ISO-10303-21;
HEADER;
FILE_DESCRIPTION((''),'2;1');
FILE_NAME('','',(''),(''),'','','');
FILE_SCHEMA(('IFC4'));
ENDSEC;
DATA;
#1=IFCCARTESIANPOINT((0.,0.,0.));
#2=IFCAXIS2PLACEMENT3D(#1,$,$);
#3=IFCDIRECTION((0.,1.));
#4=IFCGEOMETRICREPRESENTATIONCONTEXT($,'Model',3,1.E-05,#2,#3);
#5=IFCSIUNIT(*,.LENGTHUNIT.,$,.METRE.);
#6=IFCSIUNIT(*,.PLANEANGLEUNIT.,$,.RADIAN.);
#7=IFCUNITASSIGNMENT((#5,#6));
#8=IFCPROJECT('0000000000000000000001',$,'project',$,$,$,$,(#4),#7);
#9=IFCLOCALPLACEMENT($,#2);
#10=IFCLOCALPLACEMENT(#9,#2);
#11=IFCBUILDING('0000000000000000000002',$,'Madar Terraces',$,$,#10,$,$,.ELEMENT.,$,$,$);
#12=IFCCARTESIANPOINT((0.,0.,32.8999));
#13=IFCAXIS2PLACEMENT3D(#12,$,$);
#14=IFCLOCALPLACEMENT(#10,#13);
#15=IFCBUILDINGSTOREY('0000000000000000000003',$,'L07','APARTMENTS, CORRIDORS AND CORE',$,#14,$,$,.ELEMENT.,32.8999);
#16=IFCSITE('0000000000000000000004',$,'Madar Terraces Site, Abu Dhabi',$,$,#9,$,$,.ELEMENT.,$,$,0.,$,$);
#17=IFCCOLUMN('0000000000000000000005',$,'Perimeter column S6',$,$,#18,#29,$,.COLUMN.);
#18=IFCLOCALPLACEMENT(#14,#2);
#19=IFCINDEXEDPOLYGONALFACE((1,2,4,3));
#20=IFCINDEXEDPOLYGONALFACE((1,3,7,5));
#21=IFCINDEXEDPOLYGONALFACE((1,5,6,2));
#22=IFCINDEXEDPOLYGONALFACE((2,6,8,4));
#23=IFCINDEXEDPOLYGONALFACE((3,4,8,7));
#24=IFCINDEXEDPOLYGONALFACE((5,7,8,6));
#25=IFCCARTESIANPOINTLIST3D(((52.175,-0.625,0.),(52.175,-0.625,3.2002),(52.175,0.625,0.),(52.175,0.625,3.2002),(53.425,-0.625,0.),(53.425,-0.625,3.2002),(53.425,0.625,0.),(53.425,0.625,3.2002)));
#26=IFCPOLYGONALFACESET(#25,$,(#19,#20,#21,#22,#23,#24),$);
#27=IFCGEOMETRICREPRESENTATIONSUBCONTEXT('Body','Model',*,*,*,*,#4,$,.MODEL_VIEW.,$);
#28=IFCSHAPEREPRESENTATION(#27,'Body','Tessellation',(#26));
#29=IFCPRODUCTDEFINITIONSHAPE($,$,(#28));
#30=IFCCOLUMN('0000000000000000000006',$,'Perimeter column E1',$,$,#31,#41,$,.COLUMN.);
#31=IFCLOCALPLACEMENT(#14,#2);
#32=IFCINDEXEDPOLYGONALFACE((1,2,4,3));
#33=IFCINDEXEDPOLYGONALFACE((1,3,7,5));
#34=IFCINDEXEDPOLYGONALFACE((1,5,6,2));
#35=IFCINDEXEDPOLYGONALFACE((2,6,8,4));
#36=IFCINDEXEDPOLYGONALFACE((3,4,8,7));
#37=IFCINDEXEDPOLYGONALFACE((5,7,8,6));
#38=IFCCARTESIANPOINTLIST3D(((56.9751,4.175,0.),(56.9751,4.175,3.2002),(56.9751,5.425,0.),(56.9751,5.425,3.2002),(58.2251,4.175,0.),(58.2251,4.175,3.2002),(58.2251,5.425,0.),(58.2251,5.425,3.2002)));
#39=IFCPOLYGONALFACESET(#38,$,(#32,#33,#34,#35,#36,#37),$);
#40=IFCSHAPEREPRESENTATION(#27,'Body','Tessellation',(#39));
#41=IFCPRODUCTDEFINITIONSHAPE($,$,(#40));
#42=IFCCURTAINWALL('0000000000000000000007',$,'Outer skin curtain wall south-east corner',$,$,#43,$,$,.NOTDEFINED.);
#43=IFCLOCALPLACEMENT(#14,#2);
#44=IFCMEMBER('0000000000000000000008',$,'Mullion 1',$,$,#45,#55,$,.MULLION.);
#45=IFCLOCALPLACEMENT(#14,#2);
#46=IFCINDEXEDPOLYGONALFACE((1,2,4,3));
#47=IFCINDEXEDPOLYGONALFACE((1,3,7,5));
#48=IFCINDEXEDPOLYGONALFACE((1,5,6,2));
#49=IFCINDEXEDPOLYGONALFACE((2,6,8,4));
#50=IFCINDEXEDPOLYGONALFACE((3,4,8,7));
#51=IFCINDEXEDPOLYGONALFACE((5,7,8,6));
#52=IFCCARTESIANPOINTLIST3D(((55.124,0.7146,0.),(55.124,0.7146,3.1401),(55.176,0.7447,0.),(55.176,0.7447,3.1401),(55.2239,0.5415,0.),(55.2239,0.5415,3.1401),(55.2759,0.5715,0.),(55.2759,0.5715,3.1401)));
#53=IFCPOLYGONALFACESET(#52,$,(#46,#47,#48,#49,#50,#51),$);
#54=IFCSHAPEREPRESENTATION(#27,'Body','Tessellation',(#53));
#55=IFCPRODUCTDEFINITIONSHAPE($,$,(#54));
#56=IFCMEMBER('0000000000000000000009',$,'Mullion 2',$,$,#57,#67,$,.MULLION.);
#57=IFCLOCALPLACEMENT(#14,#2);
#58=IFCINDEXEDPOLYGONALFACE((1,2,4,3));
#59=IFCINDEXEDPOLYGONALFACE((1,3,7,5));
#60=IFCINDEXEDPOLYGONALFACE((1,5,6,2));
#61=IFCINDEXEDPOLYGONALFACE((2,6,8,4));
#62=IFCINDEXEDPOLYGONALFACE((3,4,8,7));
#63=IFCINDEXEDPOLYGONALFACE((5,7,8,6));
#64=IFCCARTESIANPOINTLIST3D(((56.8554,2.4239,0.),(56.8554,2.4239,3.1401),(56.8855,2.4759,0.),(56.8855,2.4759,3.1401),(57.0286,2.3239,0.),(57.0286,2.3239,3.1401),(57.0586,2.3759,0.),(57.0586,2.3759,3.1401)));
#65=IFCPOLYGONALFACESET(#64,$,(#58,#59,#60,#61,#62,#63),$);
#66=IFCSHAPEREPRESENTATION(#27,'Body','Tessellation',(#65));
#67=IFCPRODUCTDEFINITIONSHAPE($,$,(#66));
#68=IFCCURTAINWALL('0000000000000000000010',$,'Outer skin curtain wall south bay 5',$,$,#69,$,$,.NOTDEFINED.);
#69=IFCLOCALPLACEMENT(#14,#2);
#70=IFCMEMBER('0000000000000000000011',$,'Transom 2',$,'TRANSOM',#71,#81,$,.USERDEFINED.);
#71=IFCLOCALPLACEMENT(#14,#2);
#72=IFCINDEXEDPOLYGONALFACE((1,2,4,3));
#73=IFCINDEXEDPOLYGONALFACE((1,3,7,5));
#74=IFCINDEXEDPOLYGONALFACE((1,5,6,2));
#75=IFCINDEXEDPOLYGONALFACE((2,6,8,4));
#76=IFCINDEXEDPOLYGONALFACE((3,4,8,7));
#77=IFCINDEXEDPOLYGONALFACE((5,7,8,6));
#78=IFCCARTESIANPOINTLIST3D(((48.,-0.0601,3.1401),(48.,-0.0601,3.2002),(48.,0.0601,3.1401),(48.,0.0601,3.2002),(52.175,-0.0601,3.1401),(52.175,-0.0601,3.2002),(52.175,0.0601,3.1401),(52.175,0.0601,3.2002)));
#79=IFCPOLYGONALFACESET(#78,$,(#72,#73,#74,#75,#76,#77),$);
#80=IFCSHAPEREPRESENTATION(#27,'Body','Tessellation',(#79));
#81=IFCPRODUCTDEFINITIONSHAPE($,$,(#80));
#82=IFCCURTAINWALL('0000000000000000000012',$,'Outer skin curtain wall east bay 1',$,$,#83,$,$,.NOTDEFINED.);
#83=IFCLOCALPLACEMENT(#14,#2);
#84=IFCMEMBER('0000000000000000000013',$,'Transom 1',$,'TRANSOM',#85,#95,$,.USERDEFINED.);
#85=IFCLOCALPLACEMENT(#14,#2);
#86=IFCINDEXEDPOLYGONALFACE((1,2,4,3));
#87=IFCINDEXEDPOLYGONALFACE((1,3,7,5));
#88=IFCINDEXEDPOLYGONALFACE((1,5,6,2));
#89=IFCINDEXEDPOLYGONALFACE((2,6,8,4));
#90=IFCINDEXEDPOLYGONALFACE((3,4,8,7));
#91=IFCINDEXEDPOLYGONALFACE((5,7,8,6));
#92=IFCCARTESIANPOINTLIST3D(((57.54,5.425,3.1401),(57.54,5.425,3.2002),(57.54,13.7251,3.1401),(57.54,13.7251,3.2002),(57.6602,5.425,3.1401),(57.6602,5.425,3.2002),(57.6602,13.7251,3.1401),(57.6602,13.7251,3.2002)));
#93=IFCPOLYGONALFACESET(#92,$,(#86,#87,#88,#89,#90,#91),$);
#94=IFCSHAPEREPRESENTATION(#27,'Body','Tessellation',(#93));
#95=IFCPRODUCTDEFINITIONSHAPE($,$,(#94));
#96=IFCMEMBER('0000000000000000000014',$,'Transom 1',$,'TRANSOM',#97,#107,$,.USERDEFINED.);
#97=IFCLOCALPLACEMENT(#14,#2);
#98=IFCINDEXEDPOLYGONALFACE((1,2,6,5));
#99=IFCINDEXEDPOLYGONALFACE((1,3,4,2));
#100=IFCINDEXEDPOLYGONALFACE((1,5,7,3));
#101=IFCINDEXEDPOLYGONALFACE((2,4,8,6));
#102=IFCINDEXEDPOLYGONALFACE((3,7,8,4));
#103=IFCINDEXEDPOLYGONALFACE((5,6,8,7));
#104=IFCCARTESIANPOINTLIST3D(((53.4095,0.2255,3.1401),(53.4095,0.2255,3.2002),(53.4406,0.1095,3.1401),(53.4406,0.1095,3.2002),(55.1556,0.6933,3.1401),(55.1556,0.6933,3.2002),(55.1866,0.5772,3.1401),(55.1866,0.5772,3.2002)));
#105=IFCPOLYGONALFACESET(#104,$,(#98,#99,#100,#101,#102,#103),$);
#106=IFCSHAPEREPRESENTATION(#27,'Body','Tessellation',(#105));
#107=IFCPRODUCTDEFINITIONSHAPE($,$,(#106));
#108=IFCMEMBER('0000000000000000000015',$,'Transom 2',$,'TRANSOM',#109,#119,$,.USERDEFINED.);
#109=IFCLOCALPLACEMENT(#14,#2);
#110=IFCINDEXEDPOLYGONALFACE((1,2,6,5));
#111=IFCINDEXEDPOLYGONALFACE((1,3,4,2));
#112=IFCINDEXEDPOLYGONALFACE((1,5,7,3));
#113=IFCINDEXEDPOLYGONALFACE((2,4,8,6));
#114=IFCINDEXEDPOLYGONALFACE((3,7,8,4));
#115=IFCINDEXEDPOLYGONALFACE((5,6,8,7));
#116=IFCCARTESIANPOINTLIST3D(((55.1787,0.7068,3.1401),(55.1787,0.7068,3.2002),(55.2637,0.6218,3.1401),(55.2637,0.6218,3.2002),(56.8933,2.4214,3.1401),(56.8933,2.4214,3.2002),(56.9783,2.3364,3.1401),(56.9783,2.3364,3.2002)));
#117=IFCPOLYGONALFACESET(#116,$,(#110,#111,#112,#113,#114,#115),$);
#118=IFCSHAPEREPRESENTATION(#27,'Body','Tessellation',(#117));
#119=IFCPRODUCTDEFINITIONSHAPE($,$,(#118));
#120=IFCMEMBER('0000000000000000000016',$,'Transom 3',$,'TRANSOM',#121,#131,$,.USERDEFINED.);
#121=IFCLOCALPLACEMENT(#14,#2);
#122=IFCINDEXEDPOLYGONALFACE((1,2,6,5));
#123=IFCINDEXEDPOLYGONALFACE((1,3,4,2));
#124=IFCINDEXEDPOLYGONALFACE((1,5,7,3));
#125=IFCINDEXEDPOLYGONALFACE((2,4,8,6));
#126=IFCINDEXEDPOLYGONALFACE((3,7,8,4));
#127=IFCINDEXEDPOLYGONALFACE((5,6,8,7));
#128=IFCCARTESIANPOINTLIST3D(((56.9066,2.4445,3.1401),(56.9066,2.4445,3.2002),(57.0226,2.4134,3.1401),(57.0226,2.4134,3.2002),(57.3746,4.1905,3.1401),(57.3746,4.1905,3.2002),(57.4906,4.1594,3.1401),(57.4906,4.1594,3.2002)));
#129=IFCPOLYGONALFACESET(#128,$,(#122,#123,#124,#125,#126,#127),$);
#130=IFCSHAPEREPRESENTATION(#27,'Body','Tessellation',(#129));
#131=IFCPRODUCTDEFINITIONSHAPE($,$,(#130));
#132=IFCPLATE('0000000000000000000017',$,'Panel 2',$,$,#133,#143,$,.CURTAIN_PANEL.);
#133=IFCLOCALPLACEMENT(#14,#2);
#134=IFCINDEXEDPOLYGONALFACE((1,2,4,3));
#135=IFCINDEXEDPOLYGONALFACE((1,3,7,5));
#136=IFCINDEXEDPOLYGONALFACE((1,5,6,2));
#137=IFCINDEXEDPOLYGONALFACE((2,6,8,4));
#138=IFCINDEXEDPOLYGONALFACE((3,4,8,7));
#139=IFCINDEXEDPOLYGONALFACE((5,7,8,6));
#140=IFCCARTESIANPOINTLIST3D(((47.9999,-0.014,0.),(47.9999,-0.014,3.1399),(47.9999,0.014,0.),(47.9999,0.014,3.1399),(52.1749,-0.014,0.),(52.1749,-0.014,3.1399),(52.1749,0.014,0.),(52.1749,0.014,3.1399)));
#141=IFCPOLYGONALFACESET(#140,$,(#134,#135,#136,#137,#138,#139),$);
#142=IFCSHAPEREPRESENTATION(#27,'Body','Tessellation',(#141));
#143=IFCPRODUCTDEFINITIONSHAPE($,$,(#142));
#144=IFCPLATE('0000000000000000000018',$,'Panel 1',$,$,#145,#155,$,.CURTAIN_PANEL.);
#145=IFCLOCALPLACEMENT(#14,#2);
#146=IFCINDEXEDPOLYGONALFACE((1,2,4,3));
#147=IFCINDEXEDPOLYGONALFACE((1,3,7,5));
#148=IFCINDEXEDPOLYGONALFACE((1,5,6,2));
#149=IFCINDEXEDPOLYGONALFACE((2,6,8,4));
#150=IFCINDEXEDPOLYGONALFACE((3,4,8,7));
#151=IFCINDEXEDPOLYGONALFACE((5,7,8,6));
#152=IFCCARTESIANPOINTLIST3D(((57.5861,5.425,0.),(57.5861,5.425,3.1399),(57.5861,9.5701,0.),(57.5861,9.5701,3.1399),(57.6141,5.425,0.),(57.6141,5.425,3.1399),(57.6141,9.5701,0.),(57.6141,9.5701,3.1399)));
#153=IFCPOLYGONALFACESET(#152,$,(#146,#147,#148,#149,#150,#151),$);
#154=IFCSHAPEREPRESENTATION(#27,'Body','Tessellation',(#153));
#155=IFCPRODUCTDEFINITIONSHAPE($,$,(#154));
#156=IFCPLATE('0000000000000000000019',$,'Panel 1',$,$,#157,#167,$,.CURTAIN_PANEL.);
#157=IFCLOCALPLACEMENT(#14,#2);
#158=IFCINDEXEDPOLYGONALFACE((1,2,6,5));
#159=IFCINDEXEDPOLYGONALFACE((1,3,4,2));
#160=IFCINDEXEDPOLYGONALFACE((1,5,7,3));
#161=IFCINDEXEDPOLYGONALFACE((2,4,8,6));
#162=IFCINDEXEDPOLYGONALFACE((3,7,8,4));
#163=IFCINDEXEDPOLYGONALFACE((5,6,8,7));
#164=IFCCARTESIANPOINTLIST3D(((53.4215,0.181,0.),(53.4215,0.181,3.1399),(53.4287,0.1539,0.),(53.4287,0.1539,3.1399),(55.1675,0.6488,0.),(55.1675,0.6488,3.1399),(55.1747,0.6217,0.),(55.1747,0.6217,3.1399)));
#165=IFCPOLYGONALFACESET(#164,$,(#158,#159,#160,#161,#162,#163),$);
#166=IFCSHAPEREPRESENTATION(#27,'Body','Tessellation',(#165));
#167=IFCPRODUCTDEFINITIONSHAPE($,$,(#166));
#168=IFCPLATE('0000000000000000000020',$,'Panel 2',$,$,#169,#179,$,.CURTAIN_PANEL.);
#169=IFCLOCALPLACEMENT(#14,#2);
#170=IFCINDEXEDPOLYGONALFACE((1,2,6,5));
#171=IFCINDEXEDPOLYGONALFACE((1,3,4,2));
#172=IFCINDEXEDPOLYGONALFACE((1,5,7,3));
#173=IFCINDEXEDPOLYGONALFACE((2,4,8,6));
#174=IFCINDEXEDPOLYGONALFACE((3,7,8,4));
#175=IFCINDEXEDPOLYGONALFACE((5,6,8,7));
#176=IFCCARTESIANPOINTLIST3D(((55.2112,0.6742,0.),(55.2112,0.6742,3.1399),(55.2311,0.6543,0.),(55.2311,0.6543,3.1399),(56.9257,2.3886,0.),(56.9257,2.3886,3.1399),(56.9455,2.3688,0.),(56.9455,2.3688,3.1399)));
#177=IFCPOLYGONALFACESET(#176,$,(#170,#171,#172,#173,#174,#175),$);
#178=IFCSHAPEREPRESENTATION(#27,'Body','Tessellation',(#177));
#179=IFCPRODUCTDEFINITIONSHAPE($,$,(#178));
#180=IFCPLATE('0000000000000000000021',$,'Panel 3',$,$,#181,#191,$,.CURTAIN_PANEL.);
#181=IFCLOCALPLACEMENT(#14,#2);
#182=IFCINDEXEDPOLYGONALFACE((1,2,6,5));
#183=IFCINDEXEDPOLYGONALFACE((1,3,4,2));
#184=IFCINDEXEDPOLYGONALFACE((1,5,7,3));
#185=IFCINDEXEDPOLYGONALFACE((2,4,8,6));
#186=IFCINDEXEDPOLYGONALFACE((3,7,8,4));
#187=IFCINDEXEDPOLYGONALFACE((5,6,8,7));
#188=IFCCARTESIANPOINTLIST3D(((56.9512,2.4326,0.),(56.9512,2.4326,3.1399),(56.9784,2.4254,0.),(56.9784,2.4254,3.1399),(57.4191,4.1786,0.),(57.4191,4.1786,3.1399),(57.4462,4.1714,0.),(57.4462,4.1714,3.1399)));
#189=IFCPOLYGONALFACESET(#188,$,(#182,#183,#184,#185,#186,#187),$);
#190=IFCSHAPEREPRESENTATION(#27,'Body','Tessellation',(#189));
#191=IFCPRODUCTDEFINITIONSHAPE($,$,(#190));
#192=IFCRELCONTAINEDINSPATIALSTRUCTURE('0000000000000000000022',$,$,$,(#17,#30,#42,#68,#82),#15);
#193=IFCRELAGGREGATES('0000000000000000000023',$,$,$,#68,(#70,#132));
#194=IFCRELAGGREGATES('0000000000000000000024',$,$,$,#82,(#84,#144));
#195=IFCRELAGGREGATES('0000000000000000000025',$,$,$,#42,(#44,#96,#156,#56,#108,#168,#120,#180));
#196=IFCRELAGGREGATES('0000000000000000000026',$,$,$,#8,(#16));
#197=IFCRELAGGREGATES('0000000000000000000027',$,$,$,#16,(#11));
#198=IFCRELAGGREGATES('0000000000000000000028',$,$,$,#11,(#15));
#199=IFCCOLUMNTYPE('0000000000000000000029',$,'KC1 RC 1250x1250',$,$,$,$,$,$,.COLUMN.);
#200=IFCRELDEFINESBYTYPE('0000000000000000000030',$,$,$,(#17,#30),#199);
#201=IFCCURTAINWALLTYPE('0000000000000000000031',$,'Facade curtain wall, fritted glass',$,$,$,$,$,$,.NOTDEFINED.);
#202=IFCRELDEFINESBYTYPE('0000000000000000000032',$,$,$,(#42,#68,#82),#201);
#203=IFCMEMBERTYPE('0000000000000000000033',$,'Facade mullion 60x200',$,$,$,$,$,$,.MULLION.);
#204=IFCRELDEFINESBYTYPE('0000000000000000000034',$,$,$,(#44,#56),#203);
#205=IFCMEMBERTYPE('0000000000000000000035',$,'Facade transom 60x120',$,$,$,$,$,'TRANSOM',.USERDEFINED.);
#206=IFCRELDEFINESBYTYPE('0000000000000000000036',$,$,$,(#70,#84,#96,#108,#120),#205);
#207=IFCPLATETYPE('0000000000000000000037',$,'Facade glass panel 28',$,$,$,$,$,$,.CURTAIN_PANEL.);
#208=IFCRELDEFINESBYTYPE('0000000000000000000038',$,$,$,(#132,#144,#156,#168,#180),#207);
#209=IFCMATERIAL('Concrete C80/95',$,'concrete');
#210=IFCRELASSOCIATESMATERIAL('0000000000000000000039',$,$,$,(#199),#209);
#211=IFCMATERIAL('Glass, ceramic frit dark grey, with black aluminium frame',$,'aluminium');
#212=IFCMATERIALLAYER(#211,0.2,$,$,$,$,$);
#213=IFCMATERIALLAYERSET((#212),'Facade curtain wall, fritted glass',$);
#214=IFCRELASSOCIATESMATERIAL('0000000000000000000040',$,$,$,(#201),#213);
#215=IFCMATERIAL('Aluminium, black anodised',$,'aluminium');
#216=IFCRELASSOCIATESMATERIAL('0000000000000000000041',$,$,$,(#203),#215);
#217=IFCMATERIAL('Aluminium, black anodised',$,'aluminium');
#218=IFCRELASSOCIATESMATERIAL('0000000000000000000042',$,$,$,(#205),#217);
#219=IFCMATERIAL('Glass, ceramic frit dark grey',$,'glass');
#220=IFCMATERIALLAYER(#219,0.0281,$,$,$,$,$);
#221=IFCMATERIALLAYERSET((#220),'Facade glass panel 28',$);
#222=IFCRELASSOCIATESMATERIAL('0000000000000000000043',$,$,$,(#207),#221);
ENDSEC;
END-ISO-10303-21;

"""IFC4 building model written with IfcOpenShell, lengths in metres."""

from ifc_helpers import new_model, si_unit, direction, frame, origin, origin_2d, place, context, subcontext, project, spatial, rectangle, extrude, material, layer, layer_set, material_profile, profile_set, type_object, element, aggregate, save


model = new_model("IFC4")

# Units and contexts
model_context = context("Model", 3, precision=1e-05, world=origin(), true_north=direction((0.0, 1.0)))
body_context = subcontext(model_context, "Body", "Model", "MODEL_VIEW")
ifc_project = project(units=[si_unit("LENGTHUNIT", "METRE"), si_unit("PLANEANGLEUNIT", "RADIAN")], contexts=[model_context])

# Site, building, storey
site_placement = place(None, origin())
site = spatial("IfcSite", under=ifc_project, at=site_placement, Name="Madar Terraces Site, Abu Dhabi", CompositionType="ELEMENT", RefElevation=0.0)
building_placement = place(site_placement, origin())
building = spatial("IfcBuilding", under=site, at=building_placement, Name="Madar Terraces", CompositionType="ELEMENT")
storey_placement = place(building_placement, frame((0.0, 0.0, 32.8999)))
storey = spatial("IfcBuildingStorey", under=building, at=storey_placement, Name="L07", Description="APARTMENTS, CORRIDORS AND CORE", CompositionType="ELEMENT", Elevation=32.8999)

# Columns
ifc_material_1 = material(Name="Concrete C80/95", Category="concrete")
ifc_material_profile_1 = material_profile(ifc_material_1, rectangle(XDim=1.25, YDim=1.25, at=origin_2d()), Name="KC1 RC 1250x1250")
ifc_profile_set_1 = profile_set([ifc_material_profile_1], Name="Concrete C80/95")
column_type = type_object("IfcColumnType", Name="KC1 RC 1250x1250", PredefinedType="COLUMN", material=ifc_profile_set_1)
for number, where, z_axis, x_axis, name in (
    (1, (52.8, 0.0, 0.0), (0.0, 0.0, 1.0), (1.0, 0.0, 0.0), "Perimeter column S6"),
    (2, (57.6001, 4.8, 0.0), (0.0, 0.0, 1.0), (1.0, 0.0, 0.0), "Perimeter column E1"),
):
    element("IfcColumn", number, at=place(storey_placement, frame(where, z_axis=z_axis, x_axis=x_axis)), inside=storey, type_object=column_type, Name=name, PredefinedType="COLUMN", context=body_context, shape_type="SweptSolid", body=[
        extrude(rectangle(XDim=1.25, YDim=1.25, at=origin_2d()), origin(), (0.0, 0.0, 1.0), 3.2002),
    ])

# Curtain wall, members
ifc_material_2 = material(Name="Glass, ceramic frit dark grey, with black aluminium frame", Category="aluminium")
ifc_layer_1 = layer(ifc_material_2, 0.2)
ifc_layer_set_1 = layer_set([ifc_layer_1], Name="Facade curtain wall, fritted glass")
curtain_wall_type = type_object("IfcCurtainWallType", Name="Facade curtain wall, fritted glass", PredefinedType="NOTDEFINED", material=ifc_layer_set_1)
curtain_wall_1_placement = place(storey_placement, origin())
curtain_wall_1 = element("IfcCurtainWall", 3, at=curtain_wall_1_placement, inside=storey, type_object=curtain_wall_type, Name="Outer skin curtain wall south-east corner", PredefinedType="NOTDEFINED")
ifc_material_3 = material(Name="Aluminium, black anodised", Category="aluminium")
ifc_material_profile_2 = material_profile(ifc_material_3, rectangle(XDim=0.2, YDim=0.0601, at=origin_2d()), Name="Facade mullion 60x200")
ifc_profile_set_2 = profile_set([ifc_material_profile_2], Name="Aluminium, black anodised")
member_type_1 = type_object("IfcMemberType", Name="Facade mullion 60x200", PredefinedType="MULLION", material=ifc_profile_set_2)
member_1_placement = place(storey_placement, frame((55.2, 0.6431, 0.0), z_axis=(0.0, 0.0, 1.0), x_axis=(-0.5, 0.866025, 0.0)))
member_1 = element("IfcMember", 4, at=member_1_placement, type_object=member_type_1, Name="Mullion 1", PredefinedType="MULLION", context=body_context, shape_type="SweptSolid", body=[
    extrude(rectangle(XDim=0.2, YDim=0.0601, at=origin_2d()), origin(), (0.0, 0.0, 1.0), 3.1401),
])
member_2_placement = place(storey_placement, frame((56.957, 2.3999, 0.0), z_axis=(0.0, 0.0, 1.0), x_axis=(-0.866025, 0.5, 0.0)))
member_2 = element("IfcMember", 5, at=member_2_placement, type_object=member_type_1, Name="Mullion 2", PredefinedType="MULLION", context=body_context, shape_type="SweptSolid", body=[
    extrude(rectangle(XDim=0.2, YDim=0.0601, at=origin_2d()), origin(), (0.0, 0.0, 1.0), 3.1401),
])

# Curtain walls, members
curtain_wall_2_placement = place(storey_placement, origin())
curtain_wall_2 = element("IfcCurtainWall", 6, at=curtain_wall_2_placement, inside=storey, type_object=curtain_wall_type, Name="Outer skin curtain wall south bay 5", PredefinedType="NOTDEFINED")
ifc_material_4 = material(Name="Aluminium, black anodised", Category="aluminium")
ifc_material_profile_3 = material_profile(ifc_material_4, rectangle(XDim=0.1201, YDim=0.0601, at=origin_2d()), Name="Facade transom 60x120")
ifc_profile_set_3 = profile_set([ifc_material_profile_3], Name="Aluminium, black anodised")
member_type_2 = type_object("IfcMemberType", Name="Facade transom 60x120", ElementType="TRANSOM", PredefinedType="USERDEFINED", material=ifc_profile_set_3)
member_3_placement = place(storey_placement, frame((48.0, 0.0, 3.1702), z_axis=(1.0, 0.0, 0.0), x_axis=(0.0, 1.0, 0.0)))
member_3 = element("IfcMember", 7, at=member_3_placement, type_object=member_type_2, Name="Transom 2", ObjectType="TRANSOM", PredefinedType="USERDEFINED", context=body_context, shape_type="SweptSolid", body=[
    extrude(rectangle(XDim=0.1201, YDim=0.0601, at=origin_2d()), origin(), (0.0, 0.0, 1.0), 4.175),
])
curtain_wall_3_placement = place(storey_placement, origin())
curtain_wall_3 = element("IfcCurtainWall", 8, at=curtain_wall_3_placement, inside=storey, type_object=curtain_wall_type, Name="Outer skin curtain wall east bay 1", PredefinedType="NOTDEFINED")
member_4_placement = place(storey_placement, frame((57.6001, 5.425, 3.1702), z_axis=(0.0, 1.0, 0.0), x_axis=(-1.0, 0.0, 0.0)))
member_4 = element("IfcMember", 9, at=member_4_placement, type_object=member_type_2, Name="Transom 1", ObjectType="TRANSOM", PredefinedType="USERDEFINED", context=body_context, shape_type="SweptSolid", body=[
    extrude(rectangle(XDim=0.1201, YDim=0.0601, at=origin_2d()), origin(), (0.0, 0.0, 1.0), 8.3),
])

# Members
member_5_placement = place(storey_placement, frame((53.425, 0.1675, 3.1702), z_axis=(0.965938, 0.258772, 0.0), x_axis=(-0.258772, 0.965938, 0.0)))
member_5 = element("IfcMember", 10, at=member_5_placement, type_object=member_type_2, Name="Transom 1", ObjectType="TRANSOM", PredefinedType="USERDEFINED", context=body_context, shape_type="SweptSolid", body=[
    extrude(rectangle(XDim=0.1201, YDim=0.0601, at=origin_2d()), origin(), (0.0, 0.0, 1.0), 1.8076),
])
member_6_placement = place(storey_placement, frame((55.2212, 0.6643, 3.1702), z_axis=(0.707107, 0.707107, 0.0), x_axis=(-0.707107, 0.707107, 0.0)))
member_6 = element("IfcMember", 11, at=member_6_placement, type_object=member_type_2, Name="Transom 2", ObjectType="TRANSOM", PredefinedType="USERDEFINED", context=body_context, shape_type="SweptSolid", body=[
    extrude(rectangle(XDim=0.1201, YDim=0.0601, at=origin_2d()), origin(), (0.0, 0.0, 1.0), 2.4248),
])
member_7_placement = place(storey_placement, frame((56.9646, 2.429, 3.1702), z_axis=(0.258898, 0.965905, 0.0), x_axis=(-0.965905, 0.258898, 0.0)))
member_7 = element("IfcMember", 12, at=member_7_placement, type_object=member_type_2, Name="Transom 3", ObjectType="TRANSOM", PredefinedType="USERDEFINED", context=body_context, shape_type="SweptSolid", body=[
    extrude(rectangle(XDim=0.1201, YDim=0.0601, at=origin_2d()), origin(), (0.0, 0.0, 1.0), 1.8076),
])

# Plates
ifc_material_5 = material(Name="Glass, ceramic frit dark grey", Category="glass")
ifc_layer_2 = layer(ifc_material_5, 0.0281)
ifc_layer_set_2 = layer_set([ifc_layer_2], Name="Facade glass panel 28")
plate_type = type_object("IfcPlateType", Name="Facade glass panel 28", PredefinedType="CURTAIN_PANEL", material=ifc_layer_set_2)
plate_1_placement = place(storey_placement, frame((50.0874, 0.0, 0.0), z_axis=(0.0, 0.0, 1.0), x_axis=(1.0, 0.0, 0.0)))
plate_1 = element("IfcPlate", 13, at=plate_1_placement, type_object=plate_type, Name="Panel 2", PredefinedType="CURTAIN_PANEL", context=body_context, shape_type="SweptSolid", body=[
    extrude(rectangle(XDim=4.175, YDim=0.0281, at=origin_2d()), origin(), (0.0, 0.0, 1.0), 3.1399),
])
aggregate(curtain_wall_2, [member_3, plate_1])
plate_2_placement = place(storey_placement, frame((57.6001, 7.4976, 0.0), z_axis=(0.0, 0.0, 1.0), x_axis=(0.0, 1.0, 0.0)))
plate_2 = element("IfcPlate", 14, at=plate_2_placement, type_object=plate_type, Name="Panel 1", PredefinedType="CURTAIN_PANEL", context=body_context, shape_type="SweptSolid", body=[
    extrude(rectangle(XDim=4.145, YDim=0.0281, at=origin_2d()), origin(), (0.0, 0.0, 1.0), 3.1399),
])
aggregate(curtain_wall_3, [member_4, plate_2])
plate_3_placement = place(storey_placement, frame((54.2981, 0.4014, 0.0), z_axis=(0.0, 0.0, 1.0), x_axis=(0.965926, 0.258819, 0.0)))
plate_3 = element("IfcPlate", 15, at=plate_3_placement, type_object=plate_type, Name="Panel 1", PredefinedType="CURTAIN_PANEL", context=body_context, shape_type="SweptSolid", body=[
    extrude(rectangle(XDim=1.8076, YDim=0.0281, at=origin_2d()), origin(), (0.0, 0.0, 1.0), 3.1399),
])
plate_4_placement = place(storey_placement, frame((56.0784, 1.5215, 0.0), z_axis=(0.0, 0.0, 1.0), x_axis=(0.707107, 0.707107, 0.0)))
plate_4 = element("IfcPlate", 16, at=plate_4_placement, type_object=plate_type, Name="Panel 2", PredefinedType="CURTAIN_PANEL", context=body_context, shape_type="SweptSolid", body=[
    extrude(rectangle(XDim=2.4246, YDim=0.0281, at=origin_2d()), origin(), (0.0, 0.0, 1.0), 3.1399),
])
plate_5_placement = place(storey_placement, frame((57.1987, 3.302, 0.0), z_axis=(0.0, 0.0, 1.0), x_axis=(0.258819, 0.965926, 0.0)))
plate_5 = element("IfcPlate", 17, at=plate_5_placement, type_object=plate_type, Name="Panel 3", PredefinedType="CURTAIN_PANEL", context=body_context, shape_type="SweptSolid", body=[
    extrude(rectangle(XDim=1.8076, YDim=0.0281, at=origin_2d()), origin(), (0.0, 0.0, 1.0), 3.1399),
])
aggregate(curtain_wall_1, [member_1, member_5, plate_3, member_2, member_6, plate_4, member_7, plate_5])

save(model, "model.ifc")
